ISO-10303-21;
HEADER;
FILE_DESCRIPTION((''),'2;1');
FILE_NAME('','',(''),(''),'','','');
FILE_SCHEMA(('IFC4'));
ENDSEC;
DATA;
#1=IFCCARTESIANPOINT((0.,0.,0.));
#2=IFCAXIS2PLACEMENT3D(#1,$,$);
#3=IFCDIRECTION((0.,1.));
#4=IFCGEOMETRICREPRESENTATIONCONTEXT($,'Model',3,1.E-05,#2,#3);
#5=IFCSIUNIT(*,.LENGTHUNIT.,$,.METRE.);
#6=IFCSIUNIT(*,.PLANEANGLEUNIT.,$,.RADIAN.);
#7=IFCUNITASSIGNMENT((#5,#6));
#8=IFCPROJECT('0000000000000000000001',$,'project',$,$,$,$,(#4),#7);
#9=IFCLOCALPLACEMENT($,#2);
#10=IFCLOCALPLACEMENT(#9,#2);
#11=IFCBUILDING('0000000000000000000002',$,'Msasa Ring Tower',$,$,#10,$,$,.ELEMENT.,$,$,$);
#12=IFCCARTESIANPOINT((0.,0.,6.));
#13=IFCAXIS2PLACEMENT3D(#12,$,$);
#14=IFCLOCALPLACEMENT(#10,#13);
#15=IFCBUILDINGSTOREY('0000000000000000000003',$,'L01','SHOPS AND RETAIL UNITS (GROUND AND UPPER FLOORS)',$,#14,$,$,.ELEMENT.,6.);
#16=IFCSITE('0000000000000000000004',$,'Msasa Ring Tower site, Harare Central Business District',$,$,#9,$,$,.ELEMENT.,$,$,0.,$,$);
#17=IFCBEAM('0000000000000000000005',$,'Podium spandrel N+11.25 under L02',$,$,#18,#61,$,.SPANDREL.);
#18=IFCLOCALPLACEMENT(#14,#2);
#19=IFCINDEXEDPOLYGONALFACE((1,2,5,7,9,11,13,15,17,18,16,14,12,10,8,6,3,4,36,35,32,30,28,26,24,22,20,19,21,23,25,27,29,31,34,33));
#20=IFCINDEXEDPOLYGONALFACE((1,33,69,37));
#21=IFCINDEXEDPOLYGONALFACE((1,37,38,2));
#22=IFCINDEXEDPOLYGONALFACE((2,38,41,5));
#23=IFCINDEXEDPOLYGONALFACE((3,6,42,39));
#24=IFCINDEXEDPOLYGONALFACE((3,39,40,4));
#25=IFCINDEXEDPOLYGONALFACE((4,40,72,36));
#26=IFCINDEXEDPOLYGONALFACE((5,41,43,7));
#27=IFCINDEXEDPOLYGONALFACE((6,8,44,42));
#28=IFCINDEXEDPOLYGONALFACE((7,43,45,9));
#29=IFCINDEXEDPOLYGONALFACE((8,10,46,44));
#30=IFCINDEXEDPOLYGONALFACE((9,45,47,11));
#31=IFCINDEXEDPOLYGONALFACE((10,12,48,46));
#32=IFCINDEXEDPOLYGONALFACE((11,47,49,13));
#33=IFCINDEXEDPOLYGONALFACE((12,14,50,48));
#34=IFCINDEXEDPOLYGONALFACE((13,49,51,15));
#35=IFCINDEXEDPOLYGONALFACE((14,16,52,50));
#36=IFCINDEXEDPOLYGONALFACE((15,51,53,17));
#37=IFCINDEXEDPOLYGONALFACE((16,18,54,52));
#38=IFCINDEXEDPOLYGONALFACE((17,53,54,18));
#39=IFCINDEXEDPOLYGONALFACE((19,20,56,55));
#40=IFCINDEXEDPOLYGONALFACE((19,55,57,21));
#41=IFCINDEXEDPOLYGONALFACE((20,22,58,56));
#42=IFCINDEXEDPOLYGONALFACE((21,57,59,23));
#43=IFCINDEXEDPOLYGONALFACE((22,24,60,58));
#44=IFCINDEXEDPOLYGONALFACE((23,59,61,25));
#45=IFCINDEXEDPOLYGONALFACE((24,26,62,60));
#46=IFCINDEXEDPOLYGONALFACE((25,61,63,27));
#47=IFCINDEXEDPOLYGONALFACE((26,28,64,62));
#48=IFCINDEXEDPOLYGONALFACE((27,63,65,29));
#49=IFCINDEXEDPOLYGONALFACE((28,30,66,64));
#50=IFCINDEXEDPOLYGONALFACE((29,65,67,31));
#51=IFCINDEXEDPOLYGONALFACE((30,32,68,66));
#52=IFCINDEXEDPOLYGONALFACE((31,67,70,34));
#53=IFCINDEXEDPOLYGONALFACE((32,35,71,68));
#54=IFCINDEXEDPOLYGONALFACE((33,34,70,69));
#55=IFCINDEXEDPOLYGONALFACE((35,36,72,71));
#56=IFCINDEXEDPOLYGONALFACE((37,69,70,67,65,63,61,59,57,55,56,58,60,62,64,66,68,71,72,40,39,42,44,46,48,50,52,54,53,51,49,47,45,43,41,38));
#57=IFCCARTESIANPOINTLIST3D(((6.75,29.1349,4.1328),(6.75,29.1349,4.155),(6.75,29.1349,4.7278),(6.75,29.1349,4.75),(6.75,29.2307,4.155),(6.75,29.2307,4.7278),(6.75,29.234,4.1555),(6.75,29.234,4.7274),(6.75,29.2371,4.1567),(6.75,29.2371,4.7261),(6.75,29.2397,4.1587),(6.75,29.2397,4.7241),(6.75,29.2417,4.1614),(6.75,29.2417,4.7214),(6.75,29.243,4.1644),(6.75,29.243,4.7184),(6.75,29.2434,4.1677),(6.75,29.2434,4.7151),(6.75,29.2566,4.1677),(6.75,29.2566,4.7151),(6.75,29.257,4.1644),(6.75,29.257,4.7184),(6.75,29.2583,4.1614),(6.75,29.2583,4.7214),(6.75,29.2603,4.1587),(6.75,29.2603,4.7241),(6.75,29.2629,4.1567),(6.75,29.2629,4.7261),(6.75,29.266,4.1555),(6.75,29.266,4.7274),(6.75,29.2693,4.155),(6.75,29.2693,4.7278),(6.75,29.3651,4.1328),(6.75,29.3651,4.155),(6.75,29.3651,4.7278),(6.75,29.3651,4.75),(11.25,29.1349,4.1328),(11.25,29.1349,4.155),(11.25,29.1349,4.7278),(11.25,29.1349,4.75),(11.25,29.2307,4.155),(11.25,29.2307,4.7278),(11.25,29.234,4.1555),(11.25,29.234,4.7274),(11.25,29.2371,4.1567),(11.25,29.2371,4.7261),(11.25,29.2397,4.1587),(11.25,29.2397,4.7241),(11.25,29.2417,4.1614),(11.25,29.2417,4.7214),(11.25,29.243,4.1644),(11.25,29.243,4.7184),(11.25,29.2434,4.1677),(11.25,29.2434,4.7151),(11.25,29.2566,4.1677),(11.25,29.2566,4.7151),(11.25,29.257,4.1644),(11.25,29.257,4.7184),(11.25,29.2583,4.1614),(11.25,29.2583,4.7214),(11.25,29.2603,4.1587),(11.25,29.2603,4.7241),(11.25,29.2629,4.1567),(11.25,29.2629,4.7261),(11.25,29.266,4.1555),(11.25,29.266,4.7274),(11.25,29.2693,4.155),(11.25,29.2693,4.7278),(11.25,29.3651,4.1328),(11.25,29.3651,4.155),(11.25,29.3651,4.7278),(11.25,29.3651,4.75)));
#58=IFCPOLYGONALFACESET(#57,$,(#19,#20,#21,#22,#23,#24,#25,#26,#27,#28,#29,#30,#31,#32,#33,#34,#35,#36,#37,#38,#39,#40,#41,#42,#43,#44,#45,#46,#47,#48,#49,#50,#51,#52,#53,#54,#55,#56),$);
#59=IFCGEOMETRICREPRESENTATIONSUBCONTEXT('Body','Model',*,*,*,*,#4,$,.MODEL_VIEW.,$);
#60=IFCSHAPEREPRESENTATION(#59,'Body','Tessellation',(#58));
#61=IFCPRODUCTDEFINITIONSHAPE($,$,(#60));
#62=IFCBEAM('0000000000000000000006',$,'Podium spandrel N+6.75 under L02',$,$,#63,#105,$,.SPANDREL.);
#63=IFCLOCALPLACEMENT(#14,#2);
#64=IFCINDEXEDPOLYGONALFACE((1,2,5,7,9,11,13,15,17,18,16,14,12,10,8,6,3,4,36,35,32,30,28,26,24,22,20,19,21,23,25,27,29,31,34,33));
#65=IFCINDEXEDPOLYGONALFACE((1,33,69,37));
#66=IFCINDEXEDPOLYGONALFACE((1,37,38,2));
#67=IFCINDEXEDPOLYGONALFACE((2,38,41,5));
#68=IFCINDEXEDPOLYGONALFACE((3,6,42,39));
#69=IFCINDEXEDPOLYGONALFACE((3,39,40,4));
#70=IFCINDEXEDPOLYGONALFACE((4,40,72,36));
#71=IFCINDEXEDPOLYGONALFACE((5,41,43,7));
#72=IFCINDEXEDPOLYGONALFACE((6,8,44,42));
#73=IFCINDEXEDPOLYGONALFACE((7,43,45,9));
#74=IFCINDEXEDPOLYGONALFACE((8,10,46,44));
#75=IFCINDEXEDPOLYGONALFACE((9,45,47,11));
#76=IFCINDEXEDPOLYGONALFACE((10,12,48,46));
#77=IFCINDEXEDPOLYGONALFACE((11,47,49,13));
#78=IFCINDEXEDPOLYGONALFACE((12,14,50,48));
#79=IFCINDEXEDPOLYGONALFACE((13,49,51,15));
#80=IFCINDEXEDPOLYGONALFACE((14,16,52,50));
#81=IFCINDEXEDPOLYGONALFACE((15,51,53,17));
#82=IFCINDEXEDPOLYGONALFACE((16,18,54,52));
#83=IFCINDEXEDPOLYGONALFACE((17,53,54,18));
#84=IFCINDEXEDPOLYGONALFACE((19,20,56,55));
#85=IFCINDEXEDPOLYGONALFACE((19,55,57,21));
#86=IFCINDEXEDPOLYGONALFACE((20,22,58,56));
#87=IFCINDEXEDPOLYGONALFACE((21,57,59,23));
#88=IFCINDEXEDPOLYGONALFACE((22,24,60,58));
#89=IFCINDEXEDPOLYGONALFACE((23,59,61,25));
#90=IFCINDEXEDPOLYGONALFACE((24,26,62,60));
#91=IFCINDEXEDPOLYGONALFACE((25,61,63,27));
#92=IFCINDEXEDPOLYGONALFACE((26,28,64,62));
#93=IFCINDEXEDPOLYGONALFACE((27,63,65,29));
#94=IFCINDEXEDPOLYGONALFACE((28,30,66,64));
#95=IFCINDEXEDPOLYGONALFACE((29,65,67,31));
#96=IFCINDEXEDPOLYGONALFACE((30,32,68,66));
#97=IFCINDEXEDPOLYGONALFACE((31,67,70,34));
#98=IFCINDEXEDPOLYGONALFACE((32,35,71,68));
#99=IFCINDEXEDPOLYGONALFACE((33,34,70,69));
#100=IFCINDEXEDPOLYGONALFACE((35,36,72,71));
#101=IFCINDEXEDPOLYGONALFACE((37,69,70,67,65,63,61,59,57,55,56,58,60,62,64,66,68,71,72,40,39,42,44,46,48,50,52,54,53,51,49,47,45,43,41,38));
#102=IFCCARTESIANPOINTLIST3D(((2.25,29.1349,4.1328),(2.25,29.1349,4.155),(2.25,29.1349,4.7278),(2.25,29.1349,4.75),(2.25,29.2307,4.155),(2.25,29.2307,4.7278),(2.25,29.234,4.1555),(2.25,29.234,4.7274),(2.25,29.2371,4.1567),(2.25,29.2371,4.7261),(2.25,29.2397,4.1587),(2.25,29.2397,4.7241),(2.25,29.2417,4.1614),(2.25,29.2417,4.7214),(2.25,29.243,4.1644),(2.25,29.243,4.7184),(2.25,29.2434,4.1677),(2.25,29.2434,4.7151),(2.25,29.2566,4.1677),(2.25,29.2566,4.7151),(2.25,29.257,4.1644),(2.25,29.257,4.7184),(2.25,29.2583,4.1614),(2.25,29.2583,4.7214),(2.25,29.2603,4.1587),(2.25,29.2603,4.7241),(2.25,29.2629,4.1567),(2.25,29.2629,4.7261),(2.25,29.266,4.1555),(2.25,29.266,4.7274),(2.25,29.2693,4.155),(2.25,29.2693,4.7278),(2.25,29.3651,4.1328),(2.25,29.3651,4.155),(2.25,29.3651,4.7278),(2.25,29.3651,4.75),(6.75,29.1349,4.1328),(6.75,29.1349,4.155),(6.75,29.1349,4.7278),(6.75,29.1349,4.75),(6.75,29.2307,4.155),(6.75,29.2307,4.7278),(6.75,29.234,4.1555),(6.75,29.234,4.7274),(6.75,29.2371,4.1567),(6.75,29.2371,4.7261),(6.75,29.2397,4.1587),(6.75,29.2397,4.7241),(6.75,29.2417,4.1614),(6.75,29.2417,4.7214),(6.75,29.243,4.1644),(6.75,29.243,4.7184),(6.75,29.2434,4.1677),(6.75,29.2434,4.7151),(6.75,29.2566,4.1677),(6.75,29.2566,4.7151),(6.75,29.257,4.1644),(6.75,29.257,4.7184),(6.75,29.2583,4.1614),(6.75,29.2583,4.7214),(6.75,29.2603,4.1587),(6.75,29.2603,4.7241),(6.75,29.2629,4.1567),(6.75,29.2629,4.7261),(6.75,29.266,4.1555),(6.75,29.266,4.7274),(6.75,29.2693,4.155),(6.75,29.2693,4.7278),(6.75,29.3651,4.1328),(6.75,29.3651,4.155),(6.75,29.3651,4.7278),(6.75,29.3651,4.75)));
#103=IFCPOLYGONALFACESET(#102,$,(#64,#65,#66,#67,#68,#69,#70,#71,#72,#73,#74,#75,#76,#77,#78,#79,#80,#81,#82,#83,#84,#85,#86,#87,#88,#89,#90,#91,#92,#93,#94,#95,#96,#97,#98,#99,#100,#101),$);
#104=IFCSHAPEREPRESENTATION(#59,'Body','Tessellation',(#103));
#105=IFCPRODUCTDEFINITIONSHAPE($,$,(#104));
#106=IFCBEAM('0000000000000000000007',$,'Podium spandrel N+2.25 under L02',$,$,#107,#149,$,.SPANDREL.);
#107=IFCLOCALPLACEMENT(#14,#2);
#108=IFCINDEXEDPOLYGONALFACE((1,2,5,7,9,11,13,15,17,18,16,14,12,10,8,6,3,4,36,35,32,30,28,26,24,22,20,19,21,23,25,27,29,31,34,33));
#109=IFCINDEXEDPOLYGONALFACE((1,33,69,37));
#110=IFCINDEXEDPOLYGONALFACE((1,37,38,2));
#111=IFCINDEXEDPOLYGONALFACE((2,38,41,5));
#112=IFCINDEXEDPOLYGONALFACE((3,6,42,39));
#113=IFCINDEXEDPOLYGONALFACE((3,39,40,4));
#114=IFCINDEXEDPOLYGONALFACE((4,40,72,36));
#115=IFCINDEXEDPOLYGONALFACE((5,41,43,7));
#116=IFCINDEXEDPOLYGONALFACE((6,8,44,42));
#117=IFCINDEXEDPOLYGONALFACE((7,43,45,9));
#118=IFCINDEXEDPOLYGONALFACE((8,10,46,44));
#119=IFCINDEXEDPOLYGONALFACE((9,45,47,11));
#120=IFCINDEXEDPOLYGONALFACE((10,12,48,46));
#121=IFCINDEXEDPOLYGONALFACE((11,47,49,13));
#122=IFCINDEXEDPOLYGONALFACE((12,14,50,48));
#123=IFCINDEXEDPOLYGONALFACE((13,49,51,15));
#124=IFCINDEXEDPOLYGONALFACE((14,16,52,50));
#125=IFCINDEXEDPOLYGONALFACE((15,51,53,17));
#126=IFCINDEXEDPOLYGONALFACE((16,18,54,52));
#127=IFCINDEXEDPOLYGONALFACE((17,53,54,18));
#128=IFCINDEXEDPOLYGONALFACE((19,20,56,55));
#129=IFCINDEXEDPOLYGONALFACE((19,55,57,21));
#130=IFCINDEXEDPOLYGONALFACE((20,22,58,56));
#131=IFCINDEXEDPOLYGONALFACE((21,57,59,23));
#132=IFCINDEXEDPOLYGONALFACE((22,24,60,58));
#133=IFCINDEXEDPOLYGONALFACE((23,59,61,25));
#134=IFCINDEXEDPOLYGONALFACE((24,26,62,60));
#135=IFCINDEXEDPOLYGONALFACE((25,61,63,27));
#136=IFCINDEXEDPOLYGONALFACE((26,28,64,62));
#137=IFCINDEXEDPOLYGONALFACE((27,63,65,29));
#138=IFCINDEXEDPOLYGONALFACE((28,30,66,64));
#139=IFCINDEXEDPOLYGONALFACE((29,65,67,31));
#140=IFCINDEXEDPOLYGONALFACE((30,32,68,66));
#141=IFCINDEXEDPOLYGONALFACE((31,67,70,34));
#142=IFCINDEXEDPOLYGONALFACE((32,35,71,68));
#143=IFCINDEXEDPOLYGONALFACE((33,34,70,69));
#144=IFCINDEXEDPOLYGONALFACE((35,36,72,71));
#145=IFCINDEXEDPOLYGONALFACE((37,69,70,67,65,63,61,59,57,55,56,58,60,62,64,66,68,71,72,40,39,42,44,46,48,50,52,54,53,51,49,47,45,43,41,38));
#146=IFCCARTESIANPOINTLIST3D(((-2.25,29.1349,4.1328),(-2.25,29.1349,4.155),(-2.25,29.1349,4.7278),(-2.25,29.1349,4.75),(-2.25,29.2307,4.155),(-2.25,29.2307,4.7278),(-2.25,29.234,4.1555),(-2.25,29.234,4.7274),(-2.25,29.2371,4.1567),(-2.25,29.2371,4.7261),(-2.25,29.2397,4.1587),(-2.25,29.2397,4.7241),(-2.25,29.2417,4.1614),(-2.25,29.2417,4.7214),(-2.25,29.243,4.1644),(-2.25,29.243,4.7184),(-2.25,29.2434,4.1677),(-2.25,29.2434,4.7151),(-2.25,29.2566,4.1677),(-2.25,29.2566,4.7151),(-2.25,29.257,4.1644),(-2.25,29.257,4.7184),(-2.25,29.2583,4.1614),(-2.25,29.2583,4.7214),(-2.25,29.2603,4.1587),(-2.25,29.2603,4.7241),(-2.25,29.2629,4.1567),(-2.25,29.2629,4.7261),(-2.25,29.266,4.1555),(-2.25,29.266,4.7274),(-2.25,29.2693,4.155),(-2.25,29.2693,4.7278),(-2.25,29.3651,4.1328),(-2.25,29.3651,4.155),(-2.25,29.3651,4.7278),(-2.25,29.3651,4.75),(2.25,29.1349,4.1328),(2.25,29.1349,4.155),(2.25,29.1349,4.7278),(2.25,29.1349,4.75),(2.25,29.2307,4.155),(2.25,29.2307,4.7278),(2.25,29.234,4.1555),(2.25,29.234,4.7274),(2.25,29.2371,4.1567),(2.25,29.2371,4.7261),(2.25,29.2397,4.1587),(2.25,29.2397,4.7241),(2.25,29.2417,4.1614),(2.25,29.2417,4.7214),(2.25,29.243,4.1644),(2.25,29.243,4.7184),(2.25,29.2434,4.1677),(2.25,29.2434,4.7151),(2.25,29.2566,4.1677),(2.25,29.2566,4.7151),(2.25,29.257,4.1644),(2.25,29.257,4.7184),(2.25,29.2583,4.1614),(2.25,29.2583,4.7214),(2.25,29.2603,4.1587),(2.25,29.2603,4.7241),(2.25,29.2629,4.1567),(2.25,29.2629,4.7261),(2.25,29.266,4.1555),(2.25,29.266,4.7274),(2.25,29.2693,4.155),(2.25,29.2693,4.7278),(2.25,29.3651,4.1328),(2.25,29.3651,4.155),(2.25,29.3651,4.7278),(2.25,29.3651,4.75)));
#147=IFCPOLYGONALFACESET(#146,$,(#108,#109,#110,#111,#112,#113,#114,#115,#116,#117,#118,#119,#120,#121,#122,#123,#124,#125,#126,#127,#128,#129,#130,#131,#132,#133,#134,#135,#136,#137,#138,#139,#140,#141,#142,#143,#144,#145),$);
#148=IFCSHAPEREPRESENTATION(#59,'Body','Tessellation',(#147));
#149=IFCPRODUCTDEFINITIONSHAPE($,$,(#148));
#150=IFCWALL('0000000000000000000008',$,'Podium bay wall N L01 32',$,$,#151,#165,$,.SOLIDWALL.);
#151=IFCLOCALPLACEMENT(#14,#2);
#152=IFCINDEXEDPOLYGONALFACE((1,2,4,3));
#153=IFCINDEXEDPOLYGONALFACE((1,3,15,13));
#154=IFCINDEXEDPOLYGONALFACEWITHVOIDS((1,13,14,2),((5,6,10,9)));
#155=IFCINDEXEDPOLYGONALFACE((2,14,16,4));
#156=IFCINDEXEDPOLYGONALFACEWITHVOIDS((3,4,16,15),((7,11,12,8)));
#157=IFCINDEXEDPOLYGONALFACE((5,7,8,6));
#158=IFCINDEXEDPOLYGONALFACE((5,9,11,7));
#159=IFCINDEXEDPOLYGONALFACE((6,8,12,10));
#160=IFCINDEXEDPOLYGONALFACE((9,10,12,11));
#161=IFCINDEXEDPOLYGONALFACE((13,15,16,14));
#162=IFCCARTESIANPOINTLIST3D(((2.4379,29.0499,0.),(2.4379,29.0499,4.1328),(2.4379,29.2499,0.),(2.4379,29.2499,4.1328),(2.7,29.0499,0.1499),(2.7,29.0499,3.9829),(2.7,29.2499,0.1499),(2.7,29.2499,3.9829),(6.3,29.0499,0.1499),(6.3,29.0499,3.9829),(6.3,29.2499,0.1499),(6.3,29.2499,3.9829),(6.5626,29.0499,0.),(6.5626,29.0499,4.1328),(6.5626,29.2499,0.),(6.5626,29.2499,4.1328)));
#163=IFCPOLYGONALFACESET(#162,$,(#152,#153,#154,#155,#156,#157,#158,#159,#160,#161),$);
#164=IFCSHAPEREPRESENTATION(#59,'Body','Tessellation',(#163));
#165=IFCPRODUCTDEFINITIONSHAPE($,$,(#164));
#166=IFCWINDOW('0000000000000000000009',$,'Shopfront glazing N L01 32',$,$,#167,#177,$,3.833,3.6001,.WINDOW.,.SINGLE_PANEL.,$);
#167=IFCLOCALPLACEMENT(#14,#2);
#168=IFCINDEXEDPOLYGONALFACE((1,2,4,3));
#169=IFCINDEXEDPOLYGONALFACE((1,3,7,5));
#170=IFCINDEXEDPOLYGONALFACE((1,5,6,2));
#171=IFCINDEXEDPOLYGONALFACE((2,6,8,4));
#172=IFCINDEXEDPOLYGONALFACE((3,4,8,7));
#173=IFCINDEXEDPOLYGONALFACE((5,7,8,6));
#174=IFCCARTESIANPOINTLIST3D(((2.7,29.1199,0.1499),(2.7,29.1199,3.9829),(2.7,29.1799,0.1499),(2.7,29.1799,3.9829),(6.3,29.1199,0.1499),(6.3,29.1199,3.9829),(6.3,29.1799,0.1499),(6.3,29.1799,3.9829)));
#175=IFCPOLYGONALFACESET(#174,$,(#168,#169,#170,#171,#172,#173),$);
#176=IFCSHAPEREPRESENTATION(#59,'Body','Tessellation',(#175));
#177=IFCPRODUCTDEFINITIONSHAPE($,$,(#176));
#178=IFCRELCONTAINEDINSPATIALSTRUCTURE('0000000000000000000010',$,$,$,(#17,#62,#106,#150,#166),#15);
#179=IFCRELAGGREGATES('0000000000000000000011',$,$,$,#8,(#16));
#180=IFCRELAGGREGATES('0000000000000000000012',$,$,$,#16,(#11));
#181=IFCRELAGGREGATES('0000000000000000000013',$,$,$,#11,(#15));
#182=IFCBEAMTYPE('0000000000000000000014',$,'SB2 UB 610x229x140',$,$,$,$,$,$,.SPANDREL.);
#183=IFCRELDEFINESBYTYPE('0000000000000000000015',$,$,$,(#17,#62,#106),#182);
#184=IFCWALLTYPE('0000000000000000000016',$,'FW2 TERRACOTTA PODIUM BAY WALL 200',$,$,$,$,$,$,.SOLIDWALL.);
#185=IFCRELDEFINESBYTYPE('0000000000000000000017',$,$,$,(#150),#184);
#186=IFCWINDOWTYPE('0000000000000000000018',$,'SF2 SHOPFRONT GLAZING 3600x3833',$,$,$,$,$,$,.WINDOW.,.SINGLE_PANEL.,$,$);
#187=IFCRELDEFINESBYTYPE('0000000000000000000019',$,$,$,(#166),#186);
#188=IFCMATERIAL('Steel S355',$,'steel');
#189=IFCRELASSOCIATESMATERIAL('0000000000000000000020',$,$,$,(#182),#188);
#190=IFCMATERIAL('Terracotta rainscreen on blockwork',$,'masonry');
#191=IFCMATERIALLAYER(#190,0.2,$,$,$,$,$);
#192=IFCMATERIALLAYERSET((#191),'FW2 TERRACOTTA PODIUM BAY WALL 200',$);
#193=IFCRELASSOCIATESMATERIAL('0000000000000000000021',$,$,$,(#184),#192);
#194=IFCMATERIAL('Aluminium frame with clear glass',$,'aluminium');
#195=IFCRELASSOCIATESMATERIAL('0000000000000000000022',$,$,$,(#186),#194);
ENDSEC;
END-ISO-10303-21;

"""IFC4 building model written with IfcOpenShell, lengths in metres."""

from ifc_helpers import new_model, si_unit, direction, frame, frame_2d, origin, origin_2d, place, context, subcontext, project, spatial, rectangle, i_section, extrude, material, layer, layer_set, material_profile, profile_set, type_object, element, fill, save


model = new_model("IFC4")

# Units and contexts
model_context = context("Model", 3, precision=1e-05, world=origin(), true_north=direction((0.0, 1.0)))
body_context = subcontext(model_context, "Body", "Model", "MODEL_VIEW")
ifc_project = project(units=[si_unit("LENGTHUNIT", "METRE"), si_unit("PLANEANGLEUNIT", "RADIAN")], contexts=[model_context])

# Site, building, storey
site_placement = place(None, origin())
site = spatial("IfcSite", under=ifc_project, at=site_placement, Name="Msasa Ring Tower site, Harare Central Business District", CompositionType="ELEMENT", RefElevation=0.0)
building_placement = place(site_placement, origin())
building = spatial("IfcBuilding", under=site, at=building_placement, Name="Msasa Ring Tower", CompositionType="ELEMENT")
storey_placement = place(building_placement, frame((0.0, 0.0, 6.0)))
storey = spatial("IfcBuildingStorey", under=building, at=storey_placement, Name="L01", Description="SHOPS AND RETAIL UNITS (GROUND AND UPPER FLOORS)", CompositionType="ELEMENT", Elevation=6.0)

# Beams
ifc_material_1 = material(Name="Steel S355", Category="steel")
ifc_material_profile_1 = material_profile(ifc_material_1, i_section(OverallWidth=0.2302, OverallDepth=0.6172, WebThickness=0.0132, FlangeThickness=0.0222, FilletRadius=0.0127, at=origin_2d()), Name="UB 610x229x140")
ifc_profile_set_1 = profile_set([ifc_material_profile_1], Name="Steel S355")
beam_type_1 = type_object("IfcBeamType", Name="SB2 UB 610x229x140", PredefinedType="SPANDREL", material=ifc_profile_set_1)
for number, where, z_axis, x_axis, name in (
    (1, (11.25, 29.25, 4.4414), (-1.0, 0.0, 0.0), (0.0, -1.0, 0.0), "Podium spandrel N+11.25 under L02"),
    (2, (6.75, 29.25, 4.4414), (-1.0, 0.0, 0.0), (0.0, -1.0, 0.0), "Podium spandrel N+6.75 under L02"),
    (3, (2.25, 29.25, 4.4414), (-1.0, 0.0, 0.0), (0.0, -1.0, 0.0), "Podium spandrel N+2.25 under L02"),
):
    element("IfcBeam", number, at=place(storey_placement, frame(where, z_axis=z_axis, x_axis=x_axis)), inside=storey, type_object=beam_type_1, Name=name, PredefinedType="SPANDREL", context=body_context, shape_type="SweptSolid", body=[
        extrude(i_section(OverallWidth=0.2302, OverallDepth=0.6172, WebThickness=0.0132, FlangeThickness=0.0222, FilletRadius=0.0127, at=origin_2d()), origin(), (0.0, 0.0, 1.0), 4.5),
    ])

# Wall, opening, window
ifc_material_2 = material(Name="Terracotta rainscreen on blockwork", Category="masonry")
ifc_layer = layer(ifc_material_2, 0.2)
ifc_layer_set = layer_set([ifc_layer], Name="FW2 TERRACOTTA PODIUM BAY WALL 200")
wall_type = type_object("IfcWallType", Name="FW2 TERRACOTTA PODIUM BAY WALL 200", PredefinedType="SOLIDWALL", material=ifc_layer_set)
wall_1_placement = place(storey_placement, frame((2.4377, 29.1499, 0.0), z_axis=(0.0, 0.0, 1.0), x_axis=(1.0, 0.0, 0.0)))
wall_1 = element("IfcWall", 4, at=wall_1_placement, inside=storey, type_object=wall_type, Name="Podium bay wall N L01 32", PredefinedType="SOLIDWALL", context=body_context, shape_type="SweptSolid", body=[
    extrude(rectangle(XDim=4.1248, YDim=0.2, at=frame_2d((2.0625, 0.0))), origin(), (0.0, 0.0, 1.0), 4.1328),
])
opening_1_placement = place(wall_1_placement, frame((0.2622, 0.0, 0.1499)))
opening_1 = element("IfcOpeningElement", 5, at=opening_1_placement, cuts=wall_1, PredefinedType="OPENING", context=body_context, shape_type="SweptSolid", body=[
    extrude(rectangle(XDim=3.6001, YDim=3.833, at=frame_2d((1.8, 1.9165))), frame((0.0, 0.1099, 0.0), z_axis=(0.0, -1.0, 0.0), x_axis=(1.0, 0.0, 0.0)), (0.0, 0.0, 1.0), 0.22),
])
ifc_material_3 = material(Name="Aluminium frame with clear glass", Category="aluminium")
window_type = type_object("IfcWindowType", Name="SF2 SHOPFRONT GLAZING 3600x3833", PartitioningType="SINGLE_PANEL", PredefinedType="WINDOW", material=ifc_material_3)
window_1_placement = place(opening_1_placement, origin())
window_1 = element("IfcWindow", 6, at=window_1_placement, inside=storey, type_object=window_type, Name="Shopfront glazing N L01 32", OverallHeight=3.833, OverallWidth=3.6001, PartitioningType="SINGLE_PANEL", PredefinedType="WINDOW", context=body_context, shape_type="SweptSolid", body=[
    extrude(rectangle(XDim=3.6001, YDim=3.833, at=frame_2d((1.8, 1.9165))), frame((0.0, 0.03, 0.0), z_axis=(0.0, -1.0, 0.0), x_axis=(1.0, 0.0, 0.0)), (0.0, 0.0, 1.0), 0.0601),
])
fill(opening_1, window_1)

save(model, "model.ifc")
